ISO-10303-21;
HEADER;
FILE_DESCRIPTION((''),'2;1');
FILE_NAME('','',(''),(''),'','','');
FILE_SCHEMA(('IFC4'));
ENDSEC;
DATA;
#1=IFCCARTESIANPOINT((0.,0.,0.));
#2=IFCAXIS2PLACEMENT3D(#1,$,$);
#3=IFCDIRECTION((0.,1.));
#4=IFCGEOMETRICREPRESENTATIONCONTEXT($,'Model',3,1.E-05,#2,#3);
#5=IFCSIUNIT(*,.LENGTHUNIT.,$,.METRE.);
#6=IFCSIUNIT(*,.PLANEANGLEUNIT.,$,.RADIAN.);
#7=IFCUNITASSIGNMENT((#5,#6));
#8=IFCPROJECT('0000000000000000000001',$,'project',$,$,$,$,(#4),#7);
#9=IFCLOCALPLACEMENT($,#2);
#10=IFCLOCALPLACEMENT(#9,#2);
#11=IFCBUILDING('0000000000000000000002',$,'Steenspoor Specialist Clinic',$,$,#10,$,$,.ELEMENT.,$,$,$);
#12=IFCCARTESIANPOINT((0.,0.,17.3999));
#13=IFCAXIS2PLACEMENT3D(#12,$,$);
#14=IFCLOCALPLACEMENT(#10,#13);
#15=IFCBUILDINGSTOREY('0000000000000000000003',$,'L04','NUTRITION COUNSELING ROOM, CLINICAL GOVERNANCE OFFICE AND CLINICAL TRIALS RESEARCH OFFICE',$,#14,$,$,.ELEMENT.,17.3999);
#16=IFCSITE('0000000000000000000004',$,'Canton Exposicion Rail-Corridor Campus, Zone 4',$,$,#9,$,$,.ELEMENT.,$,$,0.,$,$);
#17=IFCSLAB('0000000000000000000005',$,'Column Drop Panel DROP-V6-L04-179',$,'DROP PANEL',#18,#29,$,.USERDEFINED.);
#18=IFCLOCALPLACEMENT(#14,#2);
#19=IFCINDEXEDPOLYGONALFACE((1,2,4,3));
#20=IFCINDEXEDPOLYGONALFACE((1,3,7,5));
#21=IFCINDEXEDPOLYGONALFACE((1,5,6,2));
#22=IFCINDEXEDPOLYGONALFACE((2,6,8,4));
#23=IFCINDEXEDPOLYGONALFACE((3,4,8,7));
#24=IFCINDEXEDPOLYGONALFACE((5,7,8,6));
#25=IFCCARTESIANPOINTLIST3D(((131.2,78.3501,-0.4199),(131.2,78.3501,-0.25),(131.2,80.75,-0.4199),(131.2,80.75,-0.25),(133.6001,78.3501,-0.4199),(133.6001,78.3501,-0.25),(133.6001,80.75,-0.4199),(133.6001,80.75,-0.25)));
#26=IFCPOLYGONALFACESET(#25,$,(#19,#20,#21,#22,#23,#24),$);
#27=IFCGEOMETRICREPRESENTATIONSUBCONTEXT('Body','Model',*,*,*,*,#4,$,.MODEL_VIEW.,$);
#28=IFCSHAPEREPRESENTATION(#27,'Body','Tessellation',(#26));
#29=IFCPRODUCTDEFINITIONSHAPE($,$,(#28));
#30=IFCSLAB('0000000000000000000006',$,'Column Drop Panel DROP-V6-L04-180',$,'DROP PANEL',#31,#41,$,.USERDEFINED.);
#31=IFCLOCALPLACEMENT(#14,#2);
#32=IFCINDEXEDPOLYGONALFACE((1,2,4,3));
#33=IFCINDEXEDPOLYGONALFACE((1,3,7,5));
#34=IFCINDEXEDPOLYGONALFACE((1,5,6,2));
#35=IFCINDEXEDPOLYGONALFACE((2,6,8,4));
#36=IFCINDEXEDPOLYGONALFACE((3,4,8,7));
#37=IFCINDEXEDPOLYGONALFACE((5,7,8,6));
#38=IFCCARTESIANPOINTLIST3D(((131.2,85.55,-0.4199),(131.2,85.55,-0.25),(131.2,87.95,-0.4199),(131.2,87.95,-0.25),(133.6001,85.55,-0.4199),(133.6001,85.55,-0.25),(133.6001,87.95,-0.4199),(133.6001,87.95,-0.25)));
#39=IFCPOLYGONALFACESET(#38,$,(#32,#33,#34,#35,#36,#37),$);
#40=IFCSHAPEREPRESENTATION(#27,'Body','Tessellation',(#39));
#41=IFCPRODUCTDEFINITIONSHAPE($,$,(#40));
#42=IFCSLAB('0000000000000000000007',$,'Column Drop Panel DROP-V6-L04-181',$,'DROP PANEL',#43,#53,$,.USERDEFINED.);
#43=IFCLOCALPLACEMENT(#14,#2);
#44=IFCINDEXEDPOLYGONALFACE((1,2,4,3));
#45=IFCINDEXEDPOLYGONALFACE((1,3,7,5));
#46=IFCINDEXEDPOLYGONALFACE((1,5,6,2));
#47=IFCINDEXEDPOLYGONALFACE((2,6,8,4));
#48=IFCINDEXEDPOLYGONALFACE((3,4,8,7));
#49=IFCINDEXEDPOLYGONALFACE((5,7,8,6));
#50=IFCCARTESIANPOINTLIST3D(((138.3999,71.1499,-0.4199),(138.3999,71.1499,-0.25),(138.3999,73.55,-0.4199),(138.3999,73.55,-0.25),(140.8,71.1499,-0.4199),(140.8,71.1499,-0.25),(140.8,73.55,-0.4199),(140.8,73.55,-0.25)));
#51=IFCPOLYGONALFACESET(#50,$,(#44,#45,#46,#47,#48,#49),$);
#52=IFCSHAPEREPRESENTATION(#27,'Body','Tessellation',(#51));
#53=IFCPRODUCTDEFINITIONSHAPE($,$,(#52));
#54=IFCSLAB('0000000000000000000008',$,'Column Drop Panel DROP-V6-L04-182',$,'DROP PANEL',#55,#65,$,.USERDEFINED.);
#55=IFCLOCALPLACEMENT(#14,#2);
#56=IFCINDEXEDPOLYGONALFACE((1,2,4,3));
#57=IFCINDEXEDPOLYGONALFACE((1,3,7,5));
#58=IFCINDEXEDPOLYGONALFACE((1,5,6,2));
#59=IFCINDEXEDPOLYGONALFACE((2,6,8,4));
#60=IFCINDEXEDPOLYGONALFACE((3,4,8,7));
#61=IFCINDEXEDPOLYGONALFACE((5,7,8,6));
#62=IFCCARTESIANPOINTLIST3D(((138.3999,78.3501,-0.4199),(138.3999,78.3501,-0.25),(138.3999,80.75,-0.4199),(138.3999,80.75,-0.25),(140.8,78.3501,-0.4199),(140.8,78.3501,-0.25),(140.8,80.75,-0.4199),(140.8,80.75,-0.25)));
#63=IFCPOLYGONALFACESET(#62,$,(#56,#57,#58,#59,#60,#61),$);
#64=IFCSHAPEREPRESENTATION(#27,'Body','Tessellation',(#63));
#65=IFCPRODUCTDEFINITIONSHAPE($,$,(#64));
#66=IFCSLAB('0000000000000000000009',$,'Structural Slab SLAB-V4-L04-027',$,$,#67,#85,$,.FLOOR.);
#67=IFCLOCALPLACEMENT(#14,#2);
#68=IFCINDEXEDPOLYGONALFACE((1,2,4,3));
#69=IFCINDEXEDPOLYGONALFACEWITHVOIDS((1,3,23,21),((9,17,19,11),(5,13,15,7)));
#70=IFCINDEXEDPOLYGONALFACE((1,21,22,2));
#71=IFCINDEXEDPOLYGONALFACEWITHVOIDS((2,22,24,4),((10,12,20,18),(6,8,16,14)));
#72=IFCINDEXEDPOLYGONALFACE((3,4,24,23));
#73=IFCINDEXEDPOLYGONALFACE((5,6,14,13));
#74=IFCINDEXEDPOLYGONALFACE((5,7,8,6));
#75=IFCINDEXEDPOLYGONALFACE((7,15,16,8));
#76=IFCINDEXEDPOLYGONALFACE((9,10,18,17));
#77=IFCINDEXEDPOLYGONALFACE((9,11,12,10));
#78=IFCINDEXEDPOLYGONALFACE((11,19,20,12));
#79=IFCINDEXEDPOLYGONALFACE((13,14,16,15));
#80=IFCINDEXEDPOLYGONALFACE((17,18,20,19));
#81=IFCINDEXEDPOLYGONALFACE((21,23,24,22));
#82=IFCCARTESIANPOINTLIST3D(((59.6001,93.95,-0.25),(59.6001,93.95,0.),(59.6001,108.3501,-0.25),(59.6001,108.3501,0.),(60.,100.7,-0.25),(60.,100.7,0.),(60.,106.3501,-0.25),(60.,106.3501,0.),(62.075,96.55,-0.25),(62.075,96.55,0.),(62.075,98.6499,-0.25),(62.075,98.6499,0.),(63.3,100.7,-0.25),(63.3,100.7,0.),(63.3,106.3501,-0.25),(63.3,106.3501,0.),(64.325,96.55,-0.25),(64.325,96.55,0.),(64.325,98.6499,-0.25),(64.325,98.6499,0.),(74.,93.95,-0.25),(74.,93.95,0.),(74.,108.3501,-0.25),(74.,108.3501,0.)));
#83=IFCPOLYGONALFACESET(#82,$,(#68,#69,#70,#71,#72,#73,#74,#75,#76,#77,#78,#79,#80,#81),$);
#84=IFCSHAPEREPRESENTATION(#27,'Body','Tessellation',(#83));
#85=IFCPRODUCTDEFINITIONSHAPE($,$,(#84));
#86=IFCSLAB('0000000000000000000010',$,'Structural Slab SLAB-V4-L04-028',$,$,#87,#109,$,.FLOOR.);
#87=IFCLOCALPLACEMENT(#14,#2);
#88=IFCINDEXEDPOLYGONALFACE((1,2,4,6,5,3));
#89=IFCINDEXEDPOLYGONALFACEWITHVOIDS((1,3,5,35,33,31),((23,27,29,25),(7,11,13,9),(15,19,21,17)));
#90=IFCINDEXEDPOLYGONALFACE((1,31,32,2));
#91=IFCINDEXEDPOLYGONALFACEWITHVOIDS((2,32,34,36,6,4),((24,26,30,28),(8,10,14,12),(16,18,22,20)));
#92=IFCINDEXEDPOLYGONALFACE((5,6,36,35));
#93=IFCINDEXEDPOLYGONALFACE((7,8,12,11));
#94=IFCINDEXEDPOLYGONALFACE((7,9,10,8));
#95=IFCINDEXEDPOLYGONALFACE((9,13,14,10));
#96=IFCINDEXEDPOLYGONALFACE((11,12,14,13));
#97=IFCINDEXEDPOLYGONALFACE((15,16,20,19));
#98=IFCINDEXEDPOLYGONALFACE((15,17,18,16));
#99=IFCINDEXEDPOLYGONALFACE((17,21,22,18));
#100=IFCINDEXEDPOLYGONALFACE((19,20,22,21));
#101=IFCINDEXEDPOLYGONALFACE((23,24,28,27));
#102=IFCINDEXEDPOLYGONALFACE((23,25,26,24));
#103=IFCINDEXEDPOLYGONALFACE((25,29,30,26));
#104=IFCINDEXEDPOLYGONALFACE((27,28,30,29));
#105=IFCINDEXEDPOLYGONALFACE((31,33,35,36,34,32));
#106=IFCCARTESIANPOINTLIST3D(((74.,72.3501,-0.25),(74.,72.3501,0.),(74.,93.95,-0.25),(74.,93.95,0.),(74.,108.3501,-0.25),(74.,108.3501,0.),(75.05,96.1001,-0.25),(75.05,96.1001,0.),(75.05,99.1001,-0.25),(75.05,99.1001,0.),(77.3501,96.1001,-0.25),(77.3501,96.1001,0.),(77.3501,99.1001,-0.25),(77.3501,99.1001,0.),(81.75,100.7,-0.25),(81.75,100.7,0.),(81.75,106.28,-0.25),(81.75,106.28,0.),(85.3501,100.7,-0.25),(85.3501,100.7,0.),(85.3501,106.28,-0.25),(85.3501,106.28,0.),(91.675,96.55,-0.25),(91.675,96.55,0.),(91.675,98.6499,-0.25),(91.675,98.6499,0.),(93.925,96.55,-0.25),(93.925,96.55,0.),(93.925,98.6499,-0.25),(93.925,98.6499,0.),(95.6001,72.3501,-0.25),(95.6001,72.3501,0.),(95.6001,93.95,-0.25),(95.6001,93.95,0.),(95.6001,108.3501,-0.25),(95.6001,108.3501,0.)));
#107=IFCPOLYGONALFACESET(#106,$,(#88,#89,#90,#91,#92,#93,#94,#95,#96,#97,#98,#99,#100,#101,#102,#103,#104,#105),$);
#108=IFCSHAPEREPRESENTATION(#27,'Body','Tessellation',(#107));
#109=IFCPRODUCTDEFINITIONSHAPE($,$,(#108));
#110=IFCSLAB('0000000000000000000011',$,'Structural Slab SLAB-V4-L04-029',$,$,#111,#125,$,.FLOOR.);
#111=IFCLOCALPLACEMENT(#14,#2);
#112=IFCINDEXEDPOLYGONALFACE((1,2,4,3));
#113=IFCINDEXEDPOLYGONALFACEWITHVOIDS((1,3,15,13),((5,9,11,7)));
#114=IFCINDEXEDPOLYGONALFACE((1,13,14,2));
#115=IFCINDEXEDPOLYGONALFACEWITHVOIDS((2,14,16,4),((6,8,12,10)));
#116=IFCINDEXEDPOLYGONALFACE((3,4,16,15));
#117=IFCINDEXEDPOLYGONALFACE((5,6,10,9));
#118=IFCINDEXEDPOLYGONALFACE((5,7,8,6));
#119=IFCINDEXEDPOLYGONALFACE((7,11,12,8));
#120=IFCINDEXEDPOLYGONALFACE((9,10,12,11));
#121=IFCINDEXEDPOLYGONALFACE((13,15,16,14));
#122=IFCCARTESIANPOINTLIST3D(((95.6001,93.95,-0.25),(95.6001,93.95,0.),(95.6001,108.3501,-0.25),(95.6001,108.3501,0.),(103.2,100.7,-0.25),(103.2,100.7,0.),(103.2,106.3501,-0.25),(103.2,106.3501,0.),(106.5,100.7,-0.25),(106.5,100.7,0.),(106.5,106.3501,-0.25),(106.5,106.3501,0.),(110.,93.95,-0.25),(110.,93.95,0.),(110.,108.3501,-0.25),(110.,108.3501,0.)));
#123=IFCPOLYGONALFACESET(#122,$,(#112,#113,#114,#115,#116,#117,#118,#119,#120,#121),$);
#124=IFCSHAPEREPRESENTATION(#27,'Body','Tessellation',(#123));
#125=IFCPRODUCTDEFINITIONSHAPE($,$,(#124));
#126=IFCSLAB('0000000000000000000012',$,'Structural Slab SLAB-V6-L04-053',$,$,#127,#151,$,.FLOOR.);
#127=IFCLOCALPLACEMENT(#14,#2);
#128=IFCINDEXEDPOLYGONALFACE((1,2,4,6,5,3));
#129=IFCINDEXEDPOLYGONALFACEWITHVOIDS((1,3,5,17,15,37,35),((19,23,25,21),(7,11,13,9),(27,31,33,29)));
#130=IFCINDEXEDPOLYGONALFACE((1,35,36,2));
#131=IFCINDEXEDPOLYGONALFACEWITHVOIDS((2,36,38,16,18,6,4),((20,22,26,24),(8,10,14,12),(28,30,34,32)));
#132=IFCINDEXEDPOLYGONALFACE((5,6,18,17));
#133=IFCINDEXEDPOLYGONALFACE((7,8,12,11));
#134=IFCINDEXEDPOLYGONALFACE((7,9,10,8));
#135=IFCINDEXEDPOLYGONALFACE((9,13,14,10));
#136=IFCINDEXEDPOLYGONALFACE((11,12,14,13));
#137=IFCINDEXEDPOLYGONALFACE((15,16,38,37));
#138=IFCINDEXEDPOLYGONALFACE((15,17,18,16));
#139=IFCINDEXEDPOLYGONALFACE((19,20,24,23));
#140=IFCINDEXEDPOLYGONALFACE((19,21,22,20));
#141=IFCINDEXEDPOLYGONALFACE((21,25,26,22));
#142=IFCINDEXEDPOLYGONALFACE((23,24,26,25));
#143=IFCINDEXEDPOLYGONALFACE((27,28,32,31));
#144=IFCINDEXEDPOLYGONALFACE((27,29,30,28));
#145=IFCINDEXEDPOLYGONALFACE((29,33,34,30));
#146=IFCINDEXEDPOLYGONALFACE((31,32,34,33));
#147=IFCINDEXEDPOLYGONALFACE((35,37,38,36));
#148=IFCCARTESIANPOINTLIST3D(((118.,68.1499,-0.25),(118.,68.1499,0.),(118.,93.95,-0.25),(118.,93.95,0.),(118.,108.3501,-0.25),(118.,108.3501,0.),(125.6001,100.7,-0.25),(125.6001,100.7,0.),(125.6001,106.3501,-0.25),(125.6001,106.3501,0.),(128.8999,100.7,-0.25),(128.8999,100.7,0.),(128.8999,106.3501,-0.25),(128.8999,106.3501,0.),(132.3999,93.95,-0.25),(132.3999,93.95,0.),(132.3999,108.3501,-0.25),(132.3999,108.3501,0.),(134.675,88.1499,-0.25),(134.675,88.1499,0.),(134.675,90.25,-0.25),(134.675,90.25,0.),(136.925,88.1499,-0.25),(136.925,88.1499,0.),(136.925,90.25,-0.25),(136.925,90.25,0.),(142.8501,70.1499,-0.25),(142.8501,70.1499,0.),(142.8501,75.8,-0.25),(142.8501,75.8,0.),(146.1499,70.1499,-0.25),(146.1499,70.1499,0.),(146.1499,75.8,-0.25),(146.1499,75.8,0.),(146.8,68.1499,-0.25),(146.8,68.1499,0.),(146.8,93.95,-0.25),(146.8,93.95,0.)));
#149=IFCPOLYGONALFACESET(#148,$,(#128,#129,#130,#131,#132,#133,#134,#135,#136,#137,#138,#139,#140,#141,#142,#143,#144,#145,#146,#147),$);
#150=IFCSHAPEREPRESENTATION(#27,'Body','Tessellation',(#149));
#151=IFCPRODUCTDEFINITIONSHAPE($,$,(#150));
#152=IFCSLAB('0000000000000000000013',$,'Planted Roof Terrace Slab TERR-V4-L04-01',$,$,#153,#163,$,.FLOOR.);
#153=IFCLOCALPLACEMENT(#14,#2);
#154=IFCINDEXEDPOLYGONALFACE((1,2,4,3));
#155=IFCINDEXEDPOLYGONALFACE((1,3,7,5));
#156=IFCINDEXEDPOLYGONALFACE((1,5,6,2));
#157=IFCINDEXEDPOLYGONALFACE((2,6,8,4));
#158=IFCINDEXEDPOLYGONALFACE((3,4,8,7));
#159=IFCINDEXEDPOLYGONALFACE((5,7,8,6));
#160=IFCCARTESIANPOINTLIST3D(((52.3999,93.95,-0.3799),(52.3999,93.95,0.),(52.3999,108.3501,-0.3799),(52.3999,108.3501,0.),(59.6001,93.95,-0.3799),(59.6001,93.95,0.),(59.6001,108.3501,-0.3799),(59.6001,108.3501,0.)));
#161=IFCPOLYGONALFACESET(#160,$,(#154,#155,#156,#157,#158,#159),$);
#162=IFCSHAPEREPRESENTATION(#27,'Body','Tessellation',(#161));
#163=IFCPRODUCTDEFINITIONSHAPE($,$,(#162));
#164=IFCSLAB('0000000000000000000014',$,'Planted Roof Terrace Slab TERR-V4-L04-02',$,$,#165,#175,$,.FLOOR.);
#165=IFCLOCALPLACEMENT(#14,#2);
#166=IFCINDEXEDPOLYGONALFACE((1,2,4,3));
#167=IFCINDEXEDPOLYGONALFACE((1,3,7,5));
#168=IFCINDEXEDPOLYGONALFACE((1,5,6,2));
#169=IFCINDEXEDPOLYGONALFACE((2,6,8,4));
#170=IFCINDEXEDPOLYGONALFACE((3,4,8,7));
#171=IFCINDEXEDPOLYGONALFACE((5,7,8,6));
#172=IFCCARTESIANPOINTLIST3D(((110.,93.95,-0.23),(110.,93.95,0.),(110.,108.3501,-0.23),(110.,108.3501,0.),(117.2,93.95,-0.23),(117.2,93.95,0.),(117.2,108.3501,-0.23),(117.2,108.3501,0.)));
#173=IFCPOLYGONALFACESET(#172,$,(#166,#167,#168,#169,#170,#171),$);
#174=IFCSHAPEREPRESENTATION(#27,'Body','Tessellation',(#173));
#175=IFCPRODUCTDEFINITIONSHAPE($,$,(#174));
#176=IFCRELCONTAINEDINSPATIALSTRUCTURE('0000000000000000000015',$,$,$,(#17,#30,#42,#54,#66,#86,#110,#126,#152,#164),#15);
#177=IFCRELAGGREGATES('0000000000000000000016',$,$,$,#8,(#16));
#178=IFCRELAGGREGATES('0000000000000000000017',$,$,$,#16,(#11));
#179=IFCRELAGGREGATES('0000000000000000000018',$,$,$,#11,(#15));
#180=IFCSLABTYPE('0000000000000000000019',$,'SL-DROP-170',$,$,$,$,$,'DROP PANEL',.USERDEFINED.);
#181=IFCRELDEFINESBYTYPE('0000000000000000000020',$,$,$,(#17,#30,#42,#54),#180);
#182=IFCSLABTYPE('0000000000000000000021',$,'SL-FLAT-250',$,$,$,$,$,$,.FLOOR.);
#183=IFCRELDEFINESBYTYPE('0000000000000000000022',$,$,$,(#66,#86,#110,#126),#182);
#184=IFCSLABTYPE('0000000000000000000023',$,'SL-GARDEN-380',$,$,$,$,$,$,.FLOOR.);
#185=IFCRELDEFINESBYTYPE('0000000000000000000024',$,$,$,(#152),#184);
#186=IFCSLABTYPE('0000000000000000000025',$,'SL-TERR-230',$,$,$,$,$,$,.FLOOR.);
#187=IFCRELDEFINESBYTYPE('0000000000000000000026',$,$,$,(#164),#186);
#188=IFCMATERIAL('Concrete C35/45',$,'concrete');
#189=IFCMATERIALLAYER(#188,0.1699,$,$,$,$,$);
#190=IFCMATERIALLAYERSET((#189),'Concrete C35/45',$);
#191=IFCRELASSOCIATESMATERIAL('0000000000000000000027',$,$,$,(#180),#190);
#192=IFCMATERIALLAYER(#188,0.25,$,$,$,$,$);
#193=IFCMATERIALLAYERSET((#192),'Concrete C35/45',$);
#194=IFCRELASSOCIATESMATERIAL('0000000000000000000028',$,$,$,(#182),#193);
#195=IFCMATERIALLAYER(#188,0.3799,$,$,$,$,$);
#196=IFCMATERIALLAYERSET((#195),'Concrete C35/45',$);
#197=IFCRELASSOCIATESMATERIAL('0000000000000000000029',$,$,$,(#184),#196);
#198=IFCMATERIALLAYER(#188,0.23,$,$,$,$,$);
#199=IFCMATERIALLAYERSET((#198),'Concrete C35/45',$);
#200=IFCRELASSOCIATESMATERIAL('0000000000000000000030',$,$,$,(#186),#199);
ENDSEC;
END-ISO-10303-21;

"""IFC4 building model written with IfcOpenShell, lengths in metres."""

from ifc_helpers import new_model, si_unit, direction, frame, origin, place, context, subcontext, project, spatial, polyline, outline, extrude, material, layer, layer_set, type_object, element, save


model = new_model("IFC4")

# Units and contexts
model_context = context("Model", 3, precision=1e-05, world=origin(), true_north=direction((0.0, 1.0)))
body_context = subcontext(model_context, "Body", "Model", "MODEL_VIEW")
ifc_project = project(units=[si_unit("LENGTHUNIT", "METRE"), si_unit("PLANEANGLEUNIT", "RADIAN")], contexts=[model_context])

# Site, building, storey
site_placement = place(None, origin())
site = spatial("IfcSite", under=ifc_project, at=site_placement, Name="Canton Exposicion Rail-Corridor Campus, Zone 4", CompositionType="ELEMENT", RefElevation=0.0)
building_placement = place(site_placement, origin())
building = spatial("IfcBuilding", under=site, at=building_placement, Name="Steenspoor Specialist Clinic", CompositionType="ELEMENT")
storey_placement = place(building_placement, frame((0.0, 0.0, 17.3999)))
storey = spatial("IfcBuildingStorey", under=building, at=storey_placement, Name="L04", Description="NUTRITION COUNSELING ROOM, CLINICAL GOVERNANCE OFFICE AND CLINICAL TRIALS RESEARCH OFFICE", CompositionType="ELEMENT", Elevation=17.3999)

# Slabs
ifc_material = material(Name="Concrete C35/45", Category="concrete")
ifc_layer_1 = layer(ifc_material, 0.1699)
ifc_layer_set_1 = layer_set([ifc_layer_1], Name="Concrete C35/45")
slab_type_1 = type_object("IfcSlabType", Name="SL-DROP-170", ElementType="DROP PANEL", PredefinedType="USERDEFINED", material=ifc_layer_set_1)
slab_1_placement = place(storey_placement, frame((0.0, 0.0, -0.4199)))
element("IfcSlab", 1, at=slab_1_placement, inside=storey, type_object=slab_type_1, Name="Column Drop Panel DROP-V6-L04-179", ObjectType="DROP PANEL", PredefinedType="USERDEFINED", context=body_context, shape_type="SweptSolid", body=[
    extrude(outline(polyline([(133.6001, 78.3501), (133.6001, 80.75), (131.2, 80.75), (131.2, 78.3501), (133.6001, 78.3501)])), origin(), (0.0, 0.0, 1.0), 0.1699),
])
slab_2_placement = place(storey_placement, frame((0.0, 0.0, -0.4199)))
element("IfcSlab", 2, at=slab_2_placement, inside=storey, type_object=slab_type_1, Name="Column Drop Panel DROP-V6-L04-180", ObjectType="DROP PANEL", PredefinedType="USERDEFINED", context=body_context, shape_type="SweptSolid", body=[
    extrude(outline(polyline([(133.6001, 85.55), (133.6001, 87.95), (131.2, 87.95), (131.2, 85.55), (133.6001, 85.55)])), origin(), (0.0, 0.0, 1.0), 0.1699),
])
slab_3_placement = place(storey_placement, frame((0.0, 0.0, -0.4199)))
element("IfcSlab", 3, at=slab_3_placement, inside=storey, type_object=slab_type_1, Name="Column Drop Panel DROP-V6-L04-181", ObjectType="DROP PANEL", PredefinedType="USERDEFINED", context=body_context, shape_type="SweptSolid", body=[
    extrude(outline(polyline([(140.8, 71.1499), (140.8, 73.55), (138.3999, 73.55), (138.3999, 71.1499), (140.8, 71.1499)])), origin(), (0.0, 0.0, 1.0), 0.1699),
])
slab_4_placement = place(storey_placement, frame((0.0, 0.0, -0.4199)))
element("IfcSlab", 4, at=slab_4_placement, inside=storey, type_object=slab_type_1, Name="Column Drop Panel DROP-V6-L04-182", ObjectType="DROP PANEL", PredefinedType="USERDEFINED", context=body_context, shape_type="SweptSolid", body=[
    extrude(outline(polyline([(140.8, 78.3501), (140.8, 80.75), (138.3999, 80.75), (138.3999, 78.3501), (140.8, 78.3501)])), origin(), (0.0, 0.0, 1.0), 0.1699),
])
ifc_layer_2 = layer(ifc_material, 0.25)
ifc_layer_set_2 = layer_set([ifc_layer_2], Name="Concrete C35/45")
slab_type_2 = type_object("IfcSlabType", Name="SL-FLAT-250", PredefinedType="FLOOR", material=ifc_layer_set_2)
slab_5_placement = place(storey_placement, frame((0.0, 0.0, -0.25)))
element("IfcSlab", 5, at=slab_5_placement, inside=storey, type_object=slab_type_2, Name="Structural Slab SLAB-V4-L04-027", PredefinedType="FLOOR", context=body_context, shape_type="SweptSolid", body=[
    extrude(outline(polyline([(59.6001, 93.95), (59.6001, 108.3501), (74.0, 108.3501), (74.0, 93.95), (59.6001, 93.95)]), holes=[polyline([(62.075, 96.55), (64.325, 96.55), (64.325, 98.6499), (62.075, 98.6499), (62.075, 96.55)]), polyline([(60.0, 100.7), (63.3, 100.7), (63.3, 106.3501), (60.0, 106.3501), (60.0, 100.7)])]), origin(), (0.0, 0.0, 1.0), 0.25),
])
slab_6_placement = place(storey_placement, frame((0.0, 0.0, -0.25)))
element("IfcSlab", 6, at=slab_6_placement, inside=storey, type_object=slab_type_2, Name="Structural Slab SLAB-V4-L04-028", PredefinedType="FLOOR", context=body_context, shape_type="SweptSolid", body=[
    extrude(outline(polyline([(74.0, 93.95), (74.0, 108.3501), (95.6001, 108.3501), (95.6001, 93.95), (95.6001, 72.3501), (74.0, 72.3501), (74.0, 93.95)]), holes=[polyline([(75.05, 96.1001), (77.3501, 96.1001), (77.3501, 99.1001), (75.05, 99.1001), (75.05, 96.1001)]), polyline([(91.675, 96.55), (93.925, 96.55), (93.925, 98.6499), (91.675, 98.6499), (91.675, 96.55)]), polyline([(81.75, 100.7), (85.3501, 100.7), (85.3501, 106.28), (81.75, 106.28), (81.75, 100.7)])]), origin(), (0.0, 0.0, 1.0), 0.25),
])
slab_7_placement = place(storey_placement, frame((0.0, 0.0, -0.25)))
element("IfcSlab", 7, at=slab_7_placement, inside=storey, type_object=slab_type_2, Name="Structural Slab SLAB-V4-L04-029", PredefinedType="FLOOR", context=body_context, shape_type="SweptSolid", body=[
    extrude(outline(polyline([(110.0, 108.3501), (110.0, 93.95), (95.6001, 93.95), (95.6001, 108.3501), (110.0, 108.3501)]), holes=[polyline([(103.2, 106.3501), (103.2, 100.7), (106.5, 100.7), (106.5, 106.3501), (103.2, 106.3501)])]), origin(), (0.0, 0.0, 1.0), 0.25),
])
slab_8_placement = place(storey_placement, frame((0.0, 0.0, -0.25)))
element("IfcSlab", 8, at=slab_8_placement, inside=storey, type_object=slab_type_2, Name="Structural Slab SLAB-V6-L04-053", PredefinedType="FLOOR", context=body_context, shape_type="SweptSolid", body=[
    extrude(outline(polyline([(118.0, 68.1499), (118.0, 93.95), (118.0, 108.3501), (132.3999, 108.3501), (132.3999, 93.95), (146.8, 93.95), (146.8, 68.1499), (118.0, 68.1499)]), holes=[polyline([(142.8501, 70.1499), (146.1499, 70.1499), (146.1499, 75.8), (142.8501, 75.8), (142.8501, 70.1499)]), polyline([(134.675, 88.1499), (136.925, 88.1499), (136.925, 90.25), (134.675, 90.25), (134.675, 88.1499)]), polyline([(125.6001, 106.3501), (125.6001, 100.7), (128.8999, 100.7), (128.8999, 106.3501), (125.6001, 106.3501)])]), origin(), (0.0, 0.0, 1.0), 0.25),
])
ifc_layer_3 = layer(ifc_material, 0.3799)
ifc_layer_set_3 = layer_set([ifc_layer_3], Name="Concrete C35/45")
slab_type_3 = type_object("IfcSlabType", Name="SL-GARDEN-380", PredefinedType="FLOOR", material=ifc_layer_set_3)
slab_9_placement = place(storey_placement, frame((0.0, 0.0, -0.3799)))
element("IfcSlab", 9, at=slab_9_placement, inside=storey, type_object=slab_type_3, Name="Planted Roof Terrace Slab TERR-V4-L04-01", PredefinedType="FLOOR", context=body_context, shape_type="SweptSolid", body=[
    extrude(outline(polyline([(59.6001, 93.95), (59.6001, 108.3501), (52.3999, 108.3501), (52.3999, 93.95), (59.6001, 93.95)])), origin(), (0.0, 0.0, 1.0), 0.3799),
])
ifc_layer_4 = layer(ifc_material, 0.23)
ifc_layer_set_4 = layer_set([ifc_layer_4], Name="Concrete C35/45")
slab_type_4 = type_object("IfcSlabType", Name="SL-TERR-230", PredefinedType="FLOOR", material=ifc_layer_set_4)
slab_10_placement = place(storey_placement, frame((0.0, 0.0, -0.23)))
element("IfcSlab", 10, at=slab_10_placement, inside=storey, type_object=slab_type_4, Name="Planted Roof Terrace Slab TERR-V4-L04-02", PredefinedType="FLOOR", context=body_context, shape_type="SweptSolid", body=[
    extrude(outline(polyline([(117.2, 93.95), (117.2, 108.3501), (110.0, 108.3501), (110.0, 93.95), (117.2, 93.95)])), origin(), (0.0, 0.0, 1.0), 0.23),
])

save(model, "model.ifc")
